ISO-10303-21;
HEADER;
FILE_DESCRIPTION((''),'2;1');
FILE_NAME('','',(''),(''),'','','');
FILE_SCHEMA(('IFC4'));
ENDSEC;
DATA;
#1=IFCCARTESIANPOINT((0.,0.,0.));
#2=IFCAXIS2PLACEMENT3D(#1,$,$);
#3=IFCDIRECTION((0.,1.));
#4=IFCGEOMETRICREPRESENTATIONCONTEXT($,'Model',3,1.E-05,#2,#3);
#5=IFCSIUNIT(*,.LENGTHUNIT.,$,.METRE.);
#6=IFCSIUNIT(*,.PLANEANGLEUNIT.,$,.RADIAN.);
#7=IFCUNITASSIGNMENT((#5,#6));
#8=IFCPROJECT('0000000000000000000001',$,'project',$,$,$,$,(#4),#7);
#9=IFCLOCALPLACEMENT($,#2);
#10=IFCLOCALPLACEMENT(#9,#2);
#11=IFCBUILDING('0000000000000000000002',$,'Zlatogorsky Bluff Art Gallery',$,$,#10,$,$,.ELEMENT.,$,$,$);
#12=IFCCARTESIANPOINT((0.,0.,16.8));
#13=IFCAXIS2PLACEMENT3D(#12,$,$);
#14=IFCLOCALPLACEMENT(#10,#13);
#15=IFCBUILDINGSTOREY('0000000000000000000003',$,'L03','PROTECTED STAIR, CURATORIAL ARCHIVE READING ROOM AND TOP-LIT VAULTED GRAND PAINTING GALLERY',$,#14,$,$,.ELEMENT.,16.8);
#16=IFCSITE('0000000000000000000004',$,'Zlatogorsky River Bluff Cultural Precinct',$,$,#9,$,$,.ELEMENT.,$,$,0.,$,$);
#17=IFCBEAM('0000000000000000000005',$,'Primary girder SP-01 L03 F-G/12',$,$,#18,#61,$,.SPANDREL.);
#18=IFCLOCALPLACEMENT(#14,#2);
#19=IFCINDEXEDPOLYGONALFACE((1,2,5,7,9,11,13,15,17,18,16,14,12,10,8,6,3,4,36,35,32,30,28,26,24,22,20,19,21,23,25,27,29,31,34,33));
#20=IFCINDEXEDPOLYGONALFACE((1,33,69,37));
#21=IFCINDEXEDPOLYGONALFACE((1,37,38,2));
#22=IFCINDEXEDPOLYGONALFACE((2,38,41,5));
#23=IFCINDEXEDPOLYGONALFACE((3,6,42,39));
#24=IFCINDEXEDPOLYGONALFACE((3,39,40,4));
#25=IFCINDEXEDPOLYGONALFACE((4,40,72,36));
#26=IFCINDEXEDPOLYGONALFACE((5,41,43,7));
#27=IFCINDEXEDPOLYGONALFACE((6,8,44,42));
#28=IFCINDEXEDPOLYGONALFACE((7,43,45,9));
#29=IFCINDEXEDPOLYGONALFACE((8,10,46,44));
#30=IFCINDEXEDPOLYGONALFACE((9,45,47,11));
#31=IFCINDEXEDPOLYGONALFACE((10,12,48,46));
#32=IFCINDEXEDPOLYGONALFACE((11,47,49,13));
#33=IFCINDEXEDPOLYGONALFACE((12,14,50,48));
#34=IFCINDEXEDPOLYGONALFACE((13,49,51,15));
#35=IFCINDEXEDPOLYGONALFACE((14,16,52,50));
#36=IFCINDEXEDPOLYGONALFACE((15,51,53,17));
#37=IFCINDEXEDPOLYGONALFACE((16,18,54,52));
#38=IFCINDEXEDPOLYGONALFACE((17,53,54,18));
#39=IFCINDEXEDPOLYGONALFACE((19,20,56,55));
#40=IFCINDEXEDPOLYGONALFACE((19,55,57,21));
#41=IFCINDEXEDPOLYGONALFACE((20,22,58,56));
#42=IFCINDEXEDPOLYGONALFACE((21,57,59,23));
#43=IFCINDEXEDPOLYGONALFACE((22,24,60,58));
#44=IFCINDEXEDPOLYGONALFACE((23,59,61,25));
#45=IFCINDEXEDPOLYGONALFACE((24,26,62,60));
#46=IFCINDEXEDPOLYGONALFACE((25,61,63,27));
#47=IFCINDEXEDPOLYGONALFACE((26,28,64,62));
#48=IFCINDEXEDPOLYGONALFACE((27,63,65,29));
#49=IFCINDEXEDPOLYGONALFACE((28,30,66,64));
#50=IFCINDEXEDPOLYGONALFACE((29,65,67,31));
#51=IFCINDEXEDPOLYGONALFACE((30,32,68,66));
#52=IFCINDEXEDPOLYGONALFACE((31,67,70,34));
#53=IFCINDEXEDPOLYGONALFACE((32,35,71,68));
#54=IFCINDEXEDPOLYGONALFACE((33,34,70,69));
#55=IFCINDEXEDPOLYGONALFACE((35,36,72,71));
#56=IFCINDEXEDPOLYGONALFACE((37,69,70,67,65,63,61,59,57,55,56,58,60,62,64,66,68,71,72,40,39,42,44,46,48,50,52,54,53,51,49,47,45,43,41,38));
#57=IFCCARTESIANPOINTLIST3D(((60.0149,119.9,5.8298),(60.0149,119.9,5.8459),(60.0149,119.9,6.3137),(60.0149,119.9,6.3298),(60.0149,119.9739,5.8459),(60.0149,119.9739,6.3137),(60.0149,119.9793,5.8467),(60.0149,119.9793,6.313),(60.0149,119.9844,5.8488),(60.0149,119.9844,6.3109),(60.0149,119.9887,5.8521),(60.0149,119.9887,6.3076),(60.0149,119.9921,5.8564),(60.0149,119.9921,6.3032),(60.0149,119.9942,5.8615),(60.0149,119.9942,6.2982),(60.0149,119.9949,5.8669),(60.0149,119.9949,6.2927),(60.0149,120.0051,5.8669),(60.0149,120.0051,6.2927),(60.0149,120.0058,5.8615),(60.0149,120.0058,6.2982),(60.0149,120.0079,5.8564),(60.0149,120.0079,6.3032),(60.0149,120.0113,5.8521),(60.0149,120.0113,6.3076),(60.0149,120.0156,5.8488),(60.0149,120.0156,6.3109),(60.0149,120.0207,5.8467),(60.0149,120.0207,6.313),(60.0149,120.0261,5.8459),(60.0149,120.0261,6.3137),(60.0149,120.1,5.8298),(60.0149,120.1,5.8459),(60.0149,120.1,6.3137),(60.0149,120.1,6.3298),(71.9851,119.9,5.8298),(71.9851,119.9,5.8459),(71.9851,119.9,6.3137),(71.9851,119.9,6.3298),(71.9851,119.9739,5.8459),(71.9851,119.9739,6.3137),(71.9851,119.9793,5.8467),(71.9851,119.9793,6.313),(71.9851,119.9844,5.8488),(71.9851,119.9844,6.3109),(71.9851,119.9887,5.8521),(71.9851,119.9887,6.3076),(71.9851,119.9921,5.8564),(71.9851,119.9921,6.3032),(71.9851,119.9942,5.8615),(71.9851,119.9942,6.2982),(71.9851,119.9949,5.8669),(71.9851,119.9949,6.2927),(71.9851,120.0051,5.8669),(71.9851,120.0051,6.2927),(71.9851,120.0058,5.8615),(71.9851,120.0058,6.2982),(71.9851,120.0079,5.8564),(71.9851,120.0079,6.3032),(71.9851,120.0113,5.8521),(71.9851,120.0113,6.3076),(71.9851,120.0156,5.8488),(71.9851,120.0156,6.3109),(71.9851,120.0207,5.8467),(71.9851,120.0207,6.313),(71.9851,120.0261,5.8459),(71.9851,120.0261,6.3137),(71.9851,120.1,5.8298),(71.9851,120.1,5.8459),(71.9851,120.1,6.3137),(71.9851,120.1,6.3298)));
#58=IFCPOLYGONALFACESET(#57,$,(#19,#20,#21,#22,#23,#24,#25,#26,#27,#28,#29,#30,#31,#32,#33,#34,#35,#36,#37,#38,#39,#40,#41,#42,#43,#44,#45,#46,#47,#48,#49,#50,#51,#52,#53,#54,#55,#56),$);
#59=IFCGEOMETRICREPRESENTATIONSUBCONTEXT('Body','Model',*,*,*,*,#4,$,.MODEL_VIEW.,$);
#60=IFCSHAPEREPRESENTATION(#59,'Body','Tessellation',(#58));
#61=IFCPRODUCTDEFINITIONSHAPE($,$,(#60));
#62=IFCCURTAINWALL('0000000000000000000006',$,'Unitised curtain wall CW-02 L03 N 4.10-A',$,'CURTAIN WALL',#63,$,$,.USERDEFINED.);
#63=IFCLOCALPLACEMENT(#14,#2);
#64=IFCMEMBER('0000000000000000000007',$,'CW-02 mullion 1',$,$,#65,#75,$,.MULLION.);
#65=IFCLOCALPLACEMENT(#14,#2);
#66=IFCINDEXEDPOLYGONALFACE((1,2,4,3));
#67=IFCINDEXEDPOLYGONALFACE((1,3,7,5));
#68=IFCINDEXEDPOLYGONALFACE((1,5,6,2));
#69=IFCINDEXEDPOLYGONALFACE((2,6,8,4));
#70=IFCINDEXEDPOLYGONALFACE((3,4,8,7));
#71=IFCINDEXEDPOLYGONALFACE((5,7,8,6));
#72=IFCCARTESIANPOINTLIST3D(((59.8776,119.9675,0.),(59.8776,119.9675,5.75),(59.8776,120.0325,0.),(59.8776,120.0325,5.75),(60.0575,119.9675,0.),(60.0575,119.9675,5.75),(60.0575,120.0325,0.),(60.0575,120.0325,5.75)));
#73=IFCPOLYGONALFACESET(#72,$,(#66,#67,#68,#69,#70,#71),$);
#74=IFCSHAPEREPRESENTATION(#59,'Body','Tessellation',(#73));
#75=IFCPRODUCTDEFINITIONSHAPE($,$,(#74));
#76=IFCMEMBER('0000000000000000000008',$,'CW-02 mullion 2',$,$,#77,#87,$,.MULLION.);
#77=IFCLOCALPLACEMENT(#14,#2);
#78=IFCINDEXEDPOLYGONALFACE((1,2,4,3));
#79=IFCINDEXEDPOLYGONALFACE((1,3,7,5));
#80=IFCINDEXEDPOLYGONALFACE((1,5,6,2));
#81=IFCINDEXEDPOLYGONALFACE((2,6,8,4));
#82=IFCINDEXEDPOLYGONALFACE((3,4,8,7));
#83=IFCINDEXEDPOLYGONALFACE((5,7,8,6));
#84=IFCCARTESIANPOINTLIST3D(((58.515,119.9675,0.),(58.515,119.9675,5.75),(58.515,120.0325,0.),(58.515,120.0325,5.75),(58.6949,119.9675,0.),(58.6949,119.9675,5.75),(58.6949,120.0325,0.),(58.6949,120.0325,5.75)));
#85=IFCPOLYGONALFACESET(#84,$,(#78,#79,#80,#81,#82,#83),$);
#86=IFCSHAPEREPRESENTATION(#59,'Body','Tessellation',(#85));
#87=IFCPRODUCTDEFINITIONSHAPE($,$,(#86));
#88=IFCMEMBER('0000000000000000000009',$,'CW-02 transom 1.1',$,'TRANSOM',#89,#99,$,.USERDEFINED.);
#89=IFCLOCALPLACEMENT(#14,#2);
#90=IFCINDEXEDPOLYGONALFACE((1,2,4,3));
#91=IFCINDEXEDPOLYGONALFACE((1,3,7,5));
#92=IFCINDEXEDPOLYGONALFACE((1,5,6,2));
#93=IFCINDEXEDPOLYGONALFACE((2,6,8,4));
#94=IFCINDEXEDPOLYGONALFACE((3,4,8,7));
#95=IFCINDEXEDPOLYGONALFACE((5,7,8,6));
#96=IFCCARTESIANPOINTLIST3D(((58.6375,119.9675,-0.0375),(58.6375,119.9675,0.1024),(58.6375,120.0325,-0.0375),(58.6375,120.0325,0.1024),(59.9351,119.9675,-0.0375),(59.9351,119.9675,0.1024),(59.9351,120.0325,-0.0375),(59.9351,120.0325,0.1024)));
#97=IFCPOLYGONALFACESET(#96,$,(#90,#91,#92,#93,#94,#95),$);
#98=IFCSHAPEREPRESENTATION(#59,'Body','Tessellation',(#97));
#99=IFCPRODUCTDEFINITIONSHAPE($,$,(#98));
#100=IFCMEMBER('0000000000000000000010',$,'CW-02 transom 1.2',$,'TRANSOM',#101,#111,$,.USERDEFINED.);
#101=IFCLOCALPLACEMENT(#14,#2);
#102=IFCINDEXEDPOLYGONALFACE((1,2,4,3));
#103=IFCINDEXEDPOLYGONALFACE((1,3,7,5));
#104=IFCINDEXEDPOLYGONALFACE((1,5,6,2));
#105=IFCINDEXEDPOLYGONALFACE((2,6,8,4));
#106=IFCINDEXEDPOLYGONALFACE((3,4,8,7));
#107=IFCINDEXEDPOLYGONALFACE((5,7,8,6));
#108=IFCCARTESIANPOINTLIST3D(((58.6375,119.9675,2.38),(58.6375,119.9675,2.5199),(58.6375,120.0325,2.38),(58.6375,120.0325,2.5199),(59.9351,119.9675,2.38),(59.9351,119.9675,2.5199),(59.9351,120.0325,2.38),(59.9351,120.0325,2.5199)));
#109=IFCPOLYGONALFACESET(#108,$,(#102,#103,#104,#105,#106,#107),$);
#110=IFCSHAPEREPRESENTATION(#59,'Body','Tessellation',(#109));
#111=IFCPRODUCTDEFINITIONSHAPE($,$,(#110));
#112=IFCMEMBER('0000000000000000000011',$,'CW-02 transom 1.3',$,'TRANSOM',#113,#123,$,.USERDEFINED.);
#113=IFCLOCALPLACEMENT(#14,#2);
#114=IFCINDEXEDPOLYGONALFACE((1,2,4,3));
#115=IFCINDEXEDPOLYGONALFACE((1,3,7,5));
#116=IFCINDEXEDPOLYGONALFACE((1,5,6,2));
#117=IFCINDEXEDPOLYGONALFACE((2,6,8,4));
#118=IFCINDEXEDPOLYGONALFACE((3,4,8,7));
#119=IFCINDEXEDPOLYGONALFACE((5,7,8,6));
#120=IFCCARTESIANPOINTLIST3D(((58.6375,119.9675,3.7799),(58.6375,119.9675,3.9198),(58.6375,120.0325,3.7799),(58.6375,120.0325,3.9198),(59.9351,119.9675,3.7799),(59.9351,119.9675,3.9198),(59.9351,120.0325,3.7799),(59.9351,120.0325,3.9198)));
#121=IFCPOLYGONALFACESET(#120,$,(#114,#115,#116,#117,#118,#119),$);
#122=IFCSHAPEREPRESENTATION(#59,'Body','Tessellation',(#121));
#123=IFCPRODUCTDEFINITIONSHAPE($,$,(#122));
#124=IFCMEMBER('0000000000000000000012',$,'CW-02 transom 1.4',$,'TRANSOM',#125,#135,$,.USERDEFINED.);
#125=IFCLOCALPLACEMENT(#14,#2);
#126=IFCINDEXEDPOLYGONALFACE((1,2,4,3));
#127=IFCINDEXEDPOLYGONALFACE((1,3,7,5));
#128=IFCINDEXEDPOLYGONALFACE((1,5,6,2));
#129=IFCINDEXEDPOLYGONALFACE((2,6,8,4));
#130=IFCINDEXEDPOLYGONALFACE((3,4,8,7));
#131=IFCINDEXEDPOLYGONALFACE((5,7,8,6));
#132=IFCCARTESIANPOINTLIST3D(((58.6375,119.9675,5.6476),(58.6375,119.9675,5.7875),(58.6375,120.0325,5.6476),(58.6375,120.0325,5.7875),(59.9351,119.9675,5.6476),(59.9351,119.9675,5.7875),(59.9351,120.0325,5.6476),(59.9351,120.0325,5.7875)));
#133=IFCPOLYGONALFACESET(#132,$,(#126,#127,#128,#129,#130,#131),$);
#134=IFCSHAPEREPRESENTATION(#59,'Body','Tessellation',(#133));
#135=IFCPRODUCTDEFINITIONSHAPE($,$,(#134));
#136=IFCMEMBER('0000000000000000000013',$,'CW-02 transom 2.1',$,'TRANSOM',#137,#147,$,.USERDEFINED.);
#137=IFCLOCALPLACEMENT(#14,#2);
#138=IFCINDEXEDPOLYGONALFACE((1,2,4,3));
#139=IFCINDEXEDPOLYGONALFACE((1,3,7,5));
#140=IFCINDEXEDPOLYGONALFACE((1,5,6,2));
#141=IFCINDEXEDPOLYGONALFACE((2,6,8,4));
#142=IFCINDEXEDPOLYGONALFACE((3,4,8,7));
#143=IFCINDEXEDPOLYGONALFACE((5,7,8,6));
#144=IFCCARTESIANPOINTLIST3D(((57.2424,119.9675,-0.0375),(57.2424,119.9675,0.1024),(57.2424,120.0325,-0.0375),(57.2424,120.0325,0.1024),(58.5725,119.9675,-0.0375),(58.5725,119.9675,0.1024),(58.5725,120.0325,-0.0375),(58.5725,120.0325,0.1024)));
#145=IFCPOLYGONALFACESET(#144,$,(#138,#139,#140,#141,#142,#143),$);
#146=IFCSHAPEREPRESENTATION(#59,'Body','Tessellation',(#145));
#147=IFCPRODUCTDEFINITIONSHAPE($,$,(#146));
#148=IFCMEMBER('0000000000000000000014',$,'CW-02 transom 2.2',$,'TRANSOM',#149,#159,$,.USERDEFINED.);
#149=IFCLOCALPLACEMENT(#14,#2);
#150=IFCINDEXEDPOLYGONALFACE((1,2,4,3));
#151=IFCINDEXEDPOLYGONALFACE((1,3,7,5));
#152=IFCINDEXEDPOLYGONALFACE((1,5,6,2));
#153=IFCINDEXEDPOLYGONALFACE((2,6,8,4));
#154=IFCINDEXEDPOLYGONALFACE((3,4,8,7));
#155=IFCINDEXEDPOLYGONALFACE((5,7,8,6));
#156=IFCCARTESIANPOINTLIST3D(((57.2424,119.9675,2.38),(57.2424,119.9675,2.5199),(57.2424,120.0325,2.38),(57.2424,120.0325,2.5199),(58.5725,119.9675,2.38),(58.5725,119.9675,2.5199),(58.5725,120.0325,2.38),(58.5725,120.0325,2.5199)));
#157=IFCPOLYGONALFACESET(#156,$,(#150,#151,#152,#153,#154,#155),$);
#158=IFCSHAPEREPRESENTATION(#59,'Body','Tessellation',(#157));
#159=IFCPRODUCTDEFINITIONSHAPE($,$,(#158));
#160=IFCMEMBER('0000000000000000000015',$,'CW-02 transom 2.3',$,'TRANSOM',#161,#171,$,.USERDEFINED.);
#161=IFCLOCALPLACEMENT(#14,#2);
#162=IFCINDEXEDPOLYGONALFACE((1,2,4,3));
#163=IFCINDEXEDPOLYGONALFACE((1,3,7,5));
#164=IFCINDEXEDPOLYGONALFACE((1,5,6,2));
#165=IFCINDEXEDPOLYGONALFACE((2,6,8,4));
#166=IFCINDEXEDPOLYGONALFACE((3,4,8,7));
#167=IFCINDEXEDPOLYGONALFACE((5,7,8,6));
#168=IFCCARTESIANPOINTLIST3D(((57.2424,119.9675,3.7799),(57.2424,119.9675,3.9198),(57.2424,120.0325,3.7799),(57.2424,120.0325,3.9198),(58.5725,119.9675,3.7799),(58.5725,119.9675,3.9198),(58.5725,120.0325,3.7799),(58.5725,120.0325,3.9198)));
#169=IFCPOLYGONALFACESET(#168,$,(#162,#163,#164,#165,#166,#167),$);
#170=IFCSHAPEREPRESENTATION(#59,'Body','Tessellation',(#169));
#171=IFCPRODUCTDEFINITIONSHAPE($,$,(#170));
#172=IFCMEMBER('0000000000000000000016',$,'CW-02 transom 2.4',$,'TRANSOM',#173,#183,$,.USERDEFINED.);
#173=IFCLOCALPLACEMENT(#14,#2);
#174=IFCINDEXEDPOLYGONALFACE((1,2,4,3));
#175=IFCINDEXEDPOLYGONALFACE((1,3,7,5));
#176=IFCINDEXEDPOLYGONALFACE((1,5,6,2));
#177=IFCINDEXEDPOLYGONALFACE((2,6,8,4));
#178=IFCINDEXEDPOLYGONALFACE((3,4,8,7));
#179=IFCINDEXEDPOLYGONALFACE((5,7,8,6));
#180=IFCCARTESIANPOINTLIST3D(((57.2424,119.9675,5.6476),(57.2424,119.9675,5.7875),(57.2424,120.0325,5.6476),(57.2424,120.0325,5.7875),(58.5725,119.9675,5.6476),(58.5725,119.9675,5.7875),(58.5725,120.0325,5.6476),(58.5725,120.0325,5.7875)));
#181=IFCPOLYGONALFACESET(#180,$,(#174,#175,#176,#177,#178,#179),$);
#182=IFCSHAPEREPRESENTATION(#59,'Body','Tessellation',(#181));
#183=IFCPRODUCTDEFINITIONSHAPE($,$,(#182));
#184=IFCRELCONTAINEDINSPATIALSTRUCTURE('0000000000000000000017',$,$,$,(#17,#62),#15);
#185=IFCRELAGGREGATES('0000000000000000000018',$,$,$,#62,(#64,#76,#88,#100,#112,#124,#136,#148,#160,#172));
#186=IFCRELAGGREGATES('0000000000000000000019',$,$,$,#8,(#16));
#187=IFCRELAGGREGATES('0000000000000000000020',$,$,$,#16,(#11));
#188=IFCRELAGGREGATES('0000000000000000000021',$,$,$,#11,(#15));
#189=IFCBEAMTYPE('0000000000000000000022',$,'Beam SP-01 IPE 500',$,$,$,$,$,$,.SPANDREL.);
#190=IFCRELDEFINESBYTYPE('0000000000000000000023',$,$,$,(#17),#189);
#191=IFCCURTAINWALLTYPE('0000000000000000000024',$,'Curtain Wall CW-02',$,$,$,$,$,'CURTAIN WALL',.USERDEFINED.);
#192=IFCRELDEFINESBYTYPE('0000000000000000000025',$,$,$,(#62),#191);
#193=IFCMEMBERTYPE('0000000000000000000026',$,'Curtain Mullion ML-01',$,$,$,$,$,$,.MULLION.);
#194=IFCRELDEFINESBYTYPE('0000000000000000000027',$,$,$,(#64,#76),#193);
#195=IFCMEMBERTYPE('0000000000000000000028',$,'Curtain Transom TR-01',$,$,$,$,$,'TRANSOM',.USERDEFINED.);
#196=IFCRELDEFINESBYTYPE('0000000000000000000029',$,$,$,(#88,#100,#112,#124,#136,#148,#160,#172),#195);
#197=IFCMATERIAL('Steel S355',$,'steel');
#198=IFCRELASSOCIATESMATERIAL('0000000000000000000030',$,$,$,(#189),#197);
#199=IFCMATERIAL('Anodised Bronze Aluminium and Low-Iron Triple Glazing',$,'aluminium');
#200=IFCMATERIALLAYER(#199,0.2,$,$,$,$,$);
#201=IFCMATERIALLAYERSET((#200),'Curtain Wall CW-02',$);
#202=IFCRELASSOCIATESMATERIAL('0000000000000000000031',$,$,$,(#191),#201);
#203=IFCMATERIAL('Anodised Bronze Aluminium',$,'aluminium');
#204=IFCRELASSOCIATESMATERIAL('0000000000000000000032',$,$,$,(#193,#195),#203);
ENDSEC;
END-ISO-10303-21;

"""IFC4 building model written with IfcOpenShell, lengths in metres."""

from ifc_helpers import new_model, si_unit, direction, frame, origin, origin_2d, place, context, subcontext, project, spatial, rectangle, i_section, extrude, material, layer, layer_set, material_profile, profile_set, type_object, element, aggregate, save


model = new_model("IFC4")

# Units and contexts
model_context = context("Model", 3, precision=1e-05, world=origin(), true_north=direction((0.0, 1.0)))
body_context = subcontext(model_context, "Body", "Model", "MODEL_VIEW")
ifc_project = project(units=[si_unit("LENGTHUNIT", "METRE"), si_unit("PLANEANGLEUNIT", "RADIAN")], contexts=[model_context])

# Site, building, storey
site_placement = place(None, origin())
site = spatial("IfcSite", under=ifc_project, at=site_placement, Name="Zlatogorsky River Bluff Cultural Precinct", CompositionType="ELEMENT", RefElevation=0.0)
building_placement = place(site_placement, origin())
building = spatial("IfcBuilding", under=site, at=building_placement, Name="Zlatogorsky Bluff Art Gallery", CompositionType="ELEMENT")
storey_placement = place(building_placement, frame((0.0, 0.0, 16.8)))
storey = spatial("IfcBuildingStorey", under=building, at=storey_placement, Name="L03", Description="PROTECTED STAIR, CURATORIAL ARCHIVE READING ROOM AND TOP-LIT VAULTED GRAND PAINTING GALLERY", CompositionType="ELEMENT", Elevation=16.8)

# Shared definitions
ifc_material_1 = material(Name="Steel S355", Category="steel")

# Beam
ifc_material_profile_1 = material_profile(ifc_material_1, i_section(OverallWidth=0.2, OverallDepth=0.5, WebThickness=0.0103, FlangeThickness=0.0161, FilletRadius=0.021, at=origin_2d()), Name="IPE 500")
ifc_profile_set_1 = profile_set([ifc_material_profile_1], Name="Steel S355")
beam_type_1 = type_object("IfcBeamType", Name="Beam SP-01 IPE 500", PredefinedType="SPANDREL", material=ifc_profile_set_1)
beam_placement = place(storey_placement, frame((60.0149, 120.0, 6.0798), z_axis=(1.0, 0.0, 0.0), x_axis=(0.0, 1.0, 0.0)))
element("IfcBeam", 1, at=beam_placement, inside=storey, type_object=beam_type_1, Name="Primary girder SP-01 L03 F-G/12", PredefinedType="SPANDREL", context=body_context, shape_type="SweptSolid", body=[
    extrude(i_section(OverallWidth=0.2, OverallDepth=0.5, WebThickness=0.0103, FlangeThickness=0.0161, FilletRadius=0.021, at=origin_2d()), origin(), (0.0, 0.0, 1.0), 11.9702),
])

# Curtain wall, members
ifc_material_2 = material(Name="Anodised Bronze Aluminium and Low-Iron Triple Glazing", Category="aluminium")
ifc_layer_1 = layer(ifc_material_2, 0.2)
ifc_layer_set_1 = layer_set([ifc_layer_1], Name="Curtain Wall CW-02")
curtain_wall_type = type_object("IfcCurtainWallType", Name="Curtain Wall CW-02", ElementType="CURTAIN WALL", PredefinedType="USERDEFINED", material=ifc_layer_set_1)
curtain_wall_placement = place(storey_placement, origin())
curtain_wall = element("IfcCurtainWall", 2, at=curtain_wall_placement, inside=storey, type_object=curtain_wall_type, Name="Unitised curtain wall CW-02 L03 N 4.10-A", ObjectType="CURTAIN WALL", PredefinedType="USERDEFINED")
ifc_material_3 = material(Name="Anodised Bronze Aluminium", Category="aluminium")
ifc_material_profile_2 = material_profile(ifc_material_3, rectangle(XDim=0.0649, YDim=0.1799, at=origin_2d()), Name="ALU MULLION 65x180")
ifc_profile_set_2 = profile_set([ifc_material_profile_2], Name="Anodised Bronze Aluminium")
member_type_1 = type_object("IfcMemberType", Name="Curtain Mullion ML-01", PredefinedType="MULLION", material=ifc_profile_set_2)
member_1_placement = place(storey_placement, frame((59.9675, 120.0, 0.0), z_axis=(0.0, 0.0, 1.0), x_axis=(0.0, -1.0, 0.0)))
member_1 = element("IfcMember", 3, at=member_1_placement, type_object=member_type_1, Name="CW-02 mullion 1", PredefinedType="MULLION", context=body_context, shape_type="SweptSolid", body=[
    extrude(rectangle(XDim=0.0649, YDim=0.1799, at=origin_2d()), origin(), (0.0, 0.0, 1.0), 5.75),
])
member_2_placement = place(storey_placement, frame((58.605, 120.0, 0.0), z_axis=(0.0, 0.0, 1.0), x_axis=(0.0, -1.0, 0.0)))
member_2 = element("IfcMember", 4, at=member_2_placement, type_object=member_type_1, Name="CW-02 mullion 2", PredefinedType="MULLION", context=body_context, shape_type="SweptSolid", body=[
    extrude(rectangle(XDim=0.0649, YDim=0.1799, at=origin_2d()), origin(), (0.0, 0.0, 1.0), 5.75),
])
ifc_material_profile_3 = material_profile(ifc_material_3, rectangle(XDim=0.0649, YDim=0.1399, at=origin_2d()), Name="ALU TRANSOM 65x140")
ifc_profile_set_3 = profile_set([ifc_material_profile_3], Name="Anodised Bronze Aluminium")
member_type_2 = type_object("IfcMemberType", Name="Curtain Transom TR-01", ElementType="TRANSOM", PredefinedType="USERDEFINED", material=ifc_profile_set_3)
member_3_placement = place(storey_placement, frame((59.9351, 120.0, 0.0325), z_axis=(-1.0, 0.0, 0.0), x_axis=(0.0, -1.0, 0.0)))
member_3 = element("IfcMember", 5, at=member_3_placement, type_object=member_type_2, Name="CW-02 transom 1.1", ObjectType="TRANSOM", PredefinedType="USERDEFINED", context=body_context, shape_type="SweptSolid", body=[
    extrude(rectangle(XDim=0.0649, YDim=0.1399, at=origin_2d()), origin(), (0.0, 0.0, 1.0), 1.2976),
])
member_4_placement = place(storey_placement, frame((59.9351, 120.0, 2.45), z_axis=(-1.0, 0.0, 0.0), x_axis=(0.0, -1.0, 0.0)))
member_4 = element("IfcMember", 6, at=member_4_placement, type_object=member_type_2, Name="CW-02 transom 1.2", ObjectType="TRANSOM", PredefinedType="USERDEFINED", context=body_context, shape_type="SweptSolid", body=[
    extrude(rectangle(XDim=0.0649, YDim=0.1399, at=origin_2d()), origin(), (0.0, 0.0, 1.0), 1.2976),
])
member_5_placement = place(storey_placement, frame((59.9351, 120.0, 3.8499), z_axis=(-1.0, 0.0, 0.0), x_axis=(0.0, -1.0, 0.0)))
member_5 = element("IfcMember", 7, at=member_5_placement, type_object=member_type_2, Name="CW-02 transom 1.3", ObjectType="TRANSOM", PredefinedType="USERDEFINED", context=body_context, shape_type="SweptSolid", body=[
    extrude(rectangle(XDim=0.0649, YDim=0.1399, at=origin_2d()), origin(), (0.0, 0.0, 1.0), 1.2976),
])
member_6_placement = place(storey_placement, frame((59.9351, 120.0, 5.7175), z_axis=(-1.0, 0.0, 0.0), x_axis=(0.0, -1.0, 0.0)))
member_6 = element("IfcMember", 8, at=member_6_placement, type_object=member_type_2, Name="CW-02 transom 1.4", ObjectType="TRANSOM", PredefinedType="USERDEFINED", context=body_context, shape_type="SweptSolid", body=[
    extrude(rectangle(XDim=0.0649, YDim=0.1399, at=origin_2d()), origin(), (0.0, 0.0, 1.0), 1.2976),
])
member_7_placement = place(storey_placement, frame((58.5725, 120.0, 0.0325), z_axis=(-1.0, 0.0, 0.0), x_axis=(0.0, -1.0, 0.0)))
member_7 = element("IfcMember", 9, at=member_7_placement, type_object=member_type_2, Name="CW-02 transom 2.1", ObjectType="TRANSOM", PredefinedType="USERDEFINED", context=body_context, shape_type="SweptSolid", body=[
    extrude(rectangle(XDim=0.0649, YDim=0.1399, at=origin_2d()), origin(), (0.0, 0.0, 1.0), 1.3301),
])
member_8_placement = place(storey_placement, frame((58.5725, 120.0, 2.45), z_axis=(-1.0, 0.0, 0.0), x_axis=(0.0, -1.0, 0.0)))
member_8 = element("IfcMember", 10, at=member_8_placement, type_object=member_type_2, Name="CW-02 transom 2.2", ObjectType="TRANSOM", PredefinedType="USERDEFINED", context=body_context, shape_type="SweptSolid", body=[
    extrude(rectangle(XDim=0.0649, YDim=0.1399, at=origin_2d()), origin(), (0.0, 0.0, 1.0), 1.3301),
])
member_9_placement = place(storey_placement, frame((58.5725, 120.0, 3.8499), z_axis=(-1.0, 0.0, 0.0), x_axis=(0.0, -1.0, 0.0)))
member_9 = element("IfcMember", 11, at=member_9_placement, type_object=member_type_2, Name="CW-02 transom 2.3", ObjectType="TRANSOM", PredefinedType="USERDEFINED", context=body_context, shape_type="SweptSolid", body=[
    extrude(rectangle(XDim=0.0649, YDim=0.1399, at=origin_2d()), origin(), (0.0, 0.0, 1.0), 1.3301),
])
member_10_placement = place(storey_placement, frame((58.5725, 120.0, 5.7175), z_axis=(-1.0, 0.0, 0.0), x_axis=(0.0, -1.0, 0.0)))
member_10 = element("IfcMember", 12, at=member_10_placement, type_object=member_type_2, Name="CW-02 transom 2.4", ObjectType="TRANSOM", PredefinedType="USERDEFINED", context=body_context, shape_type="SweptSolid", body=[
    extrude(rectangle(XDim=0.0649, YDim=0.1399, at=origin_2d()), origin(), (0.0, 0.0, 1.0), 1.3301),
])
aggregate(curtain_wall, [member_1, member_2, member_3, member_4, member_5, member_6, member_7, member_8, member_9, member_10])

save(model, "model.ifc")
